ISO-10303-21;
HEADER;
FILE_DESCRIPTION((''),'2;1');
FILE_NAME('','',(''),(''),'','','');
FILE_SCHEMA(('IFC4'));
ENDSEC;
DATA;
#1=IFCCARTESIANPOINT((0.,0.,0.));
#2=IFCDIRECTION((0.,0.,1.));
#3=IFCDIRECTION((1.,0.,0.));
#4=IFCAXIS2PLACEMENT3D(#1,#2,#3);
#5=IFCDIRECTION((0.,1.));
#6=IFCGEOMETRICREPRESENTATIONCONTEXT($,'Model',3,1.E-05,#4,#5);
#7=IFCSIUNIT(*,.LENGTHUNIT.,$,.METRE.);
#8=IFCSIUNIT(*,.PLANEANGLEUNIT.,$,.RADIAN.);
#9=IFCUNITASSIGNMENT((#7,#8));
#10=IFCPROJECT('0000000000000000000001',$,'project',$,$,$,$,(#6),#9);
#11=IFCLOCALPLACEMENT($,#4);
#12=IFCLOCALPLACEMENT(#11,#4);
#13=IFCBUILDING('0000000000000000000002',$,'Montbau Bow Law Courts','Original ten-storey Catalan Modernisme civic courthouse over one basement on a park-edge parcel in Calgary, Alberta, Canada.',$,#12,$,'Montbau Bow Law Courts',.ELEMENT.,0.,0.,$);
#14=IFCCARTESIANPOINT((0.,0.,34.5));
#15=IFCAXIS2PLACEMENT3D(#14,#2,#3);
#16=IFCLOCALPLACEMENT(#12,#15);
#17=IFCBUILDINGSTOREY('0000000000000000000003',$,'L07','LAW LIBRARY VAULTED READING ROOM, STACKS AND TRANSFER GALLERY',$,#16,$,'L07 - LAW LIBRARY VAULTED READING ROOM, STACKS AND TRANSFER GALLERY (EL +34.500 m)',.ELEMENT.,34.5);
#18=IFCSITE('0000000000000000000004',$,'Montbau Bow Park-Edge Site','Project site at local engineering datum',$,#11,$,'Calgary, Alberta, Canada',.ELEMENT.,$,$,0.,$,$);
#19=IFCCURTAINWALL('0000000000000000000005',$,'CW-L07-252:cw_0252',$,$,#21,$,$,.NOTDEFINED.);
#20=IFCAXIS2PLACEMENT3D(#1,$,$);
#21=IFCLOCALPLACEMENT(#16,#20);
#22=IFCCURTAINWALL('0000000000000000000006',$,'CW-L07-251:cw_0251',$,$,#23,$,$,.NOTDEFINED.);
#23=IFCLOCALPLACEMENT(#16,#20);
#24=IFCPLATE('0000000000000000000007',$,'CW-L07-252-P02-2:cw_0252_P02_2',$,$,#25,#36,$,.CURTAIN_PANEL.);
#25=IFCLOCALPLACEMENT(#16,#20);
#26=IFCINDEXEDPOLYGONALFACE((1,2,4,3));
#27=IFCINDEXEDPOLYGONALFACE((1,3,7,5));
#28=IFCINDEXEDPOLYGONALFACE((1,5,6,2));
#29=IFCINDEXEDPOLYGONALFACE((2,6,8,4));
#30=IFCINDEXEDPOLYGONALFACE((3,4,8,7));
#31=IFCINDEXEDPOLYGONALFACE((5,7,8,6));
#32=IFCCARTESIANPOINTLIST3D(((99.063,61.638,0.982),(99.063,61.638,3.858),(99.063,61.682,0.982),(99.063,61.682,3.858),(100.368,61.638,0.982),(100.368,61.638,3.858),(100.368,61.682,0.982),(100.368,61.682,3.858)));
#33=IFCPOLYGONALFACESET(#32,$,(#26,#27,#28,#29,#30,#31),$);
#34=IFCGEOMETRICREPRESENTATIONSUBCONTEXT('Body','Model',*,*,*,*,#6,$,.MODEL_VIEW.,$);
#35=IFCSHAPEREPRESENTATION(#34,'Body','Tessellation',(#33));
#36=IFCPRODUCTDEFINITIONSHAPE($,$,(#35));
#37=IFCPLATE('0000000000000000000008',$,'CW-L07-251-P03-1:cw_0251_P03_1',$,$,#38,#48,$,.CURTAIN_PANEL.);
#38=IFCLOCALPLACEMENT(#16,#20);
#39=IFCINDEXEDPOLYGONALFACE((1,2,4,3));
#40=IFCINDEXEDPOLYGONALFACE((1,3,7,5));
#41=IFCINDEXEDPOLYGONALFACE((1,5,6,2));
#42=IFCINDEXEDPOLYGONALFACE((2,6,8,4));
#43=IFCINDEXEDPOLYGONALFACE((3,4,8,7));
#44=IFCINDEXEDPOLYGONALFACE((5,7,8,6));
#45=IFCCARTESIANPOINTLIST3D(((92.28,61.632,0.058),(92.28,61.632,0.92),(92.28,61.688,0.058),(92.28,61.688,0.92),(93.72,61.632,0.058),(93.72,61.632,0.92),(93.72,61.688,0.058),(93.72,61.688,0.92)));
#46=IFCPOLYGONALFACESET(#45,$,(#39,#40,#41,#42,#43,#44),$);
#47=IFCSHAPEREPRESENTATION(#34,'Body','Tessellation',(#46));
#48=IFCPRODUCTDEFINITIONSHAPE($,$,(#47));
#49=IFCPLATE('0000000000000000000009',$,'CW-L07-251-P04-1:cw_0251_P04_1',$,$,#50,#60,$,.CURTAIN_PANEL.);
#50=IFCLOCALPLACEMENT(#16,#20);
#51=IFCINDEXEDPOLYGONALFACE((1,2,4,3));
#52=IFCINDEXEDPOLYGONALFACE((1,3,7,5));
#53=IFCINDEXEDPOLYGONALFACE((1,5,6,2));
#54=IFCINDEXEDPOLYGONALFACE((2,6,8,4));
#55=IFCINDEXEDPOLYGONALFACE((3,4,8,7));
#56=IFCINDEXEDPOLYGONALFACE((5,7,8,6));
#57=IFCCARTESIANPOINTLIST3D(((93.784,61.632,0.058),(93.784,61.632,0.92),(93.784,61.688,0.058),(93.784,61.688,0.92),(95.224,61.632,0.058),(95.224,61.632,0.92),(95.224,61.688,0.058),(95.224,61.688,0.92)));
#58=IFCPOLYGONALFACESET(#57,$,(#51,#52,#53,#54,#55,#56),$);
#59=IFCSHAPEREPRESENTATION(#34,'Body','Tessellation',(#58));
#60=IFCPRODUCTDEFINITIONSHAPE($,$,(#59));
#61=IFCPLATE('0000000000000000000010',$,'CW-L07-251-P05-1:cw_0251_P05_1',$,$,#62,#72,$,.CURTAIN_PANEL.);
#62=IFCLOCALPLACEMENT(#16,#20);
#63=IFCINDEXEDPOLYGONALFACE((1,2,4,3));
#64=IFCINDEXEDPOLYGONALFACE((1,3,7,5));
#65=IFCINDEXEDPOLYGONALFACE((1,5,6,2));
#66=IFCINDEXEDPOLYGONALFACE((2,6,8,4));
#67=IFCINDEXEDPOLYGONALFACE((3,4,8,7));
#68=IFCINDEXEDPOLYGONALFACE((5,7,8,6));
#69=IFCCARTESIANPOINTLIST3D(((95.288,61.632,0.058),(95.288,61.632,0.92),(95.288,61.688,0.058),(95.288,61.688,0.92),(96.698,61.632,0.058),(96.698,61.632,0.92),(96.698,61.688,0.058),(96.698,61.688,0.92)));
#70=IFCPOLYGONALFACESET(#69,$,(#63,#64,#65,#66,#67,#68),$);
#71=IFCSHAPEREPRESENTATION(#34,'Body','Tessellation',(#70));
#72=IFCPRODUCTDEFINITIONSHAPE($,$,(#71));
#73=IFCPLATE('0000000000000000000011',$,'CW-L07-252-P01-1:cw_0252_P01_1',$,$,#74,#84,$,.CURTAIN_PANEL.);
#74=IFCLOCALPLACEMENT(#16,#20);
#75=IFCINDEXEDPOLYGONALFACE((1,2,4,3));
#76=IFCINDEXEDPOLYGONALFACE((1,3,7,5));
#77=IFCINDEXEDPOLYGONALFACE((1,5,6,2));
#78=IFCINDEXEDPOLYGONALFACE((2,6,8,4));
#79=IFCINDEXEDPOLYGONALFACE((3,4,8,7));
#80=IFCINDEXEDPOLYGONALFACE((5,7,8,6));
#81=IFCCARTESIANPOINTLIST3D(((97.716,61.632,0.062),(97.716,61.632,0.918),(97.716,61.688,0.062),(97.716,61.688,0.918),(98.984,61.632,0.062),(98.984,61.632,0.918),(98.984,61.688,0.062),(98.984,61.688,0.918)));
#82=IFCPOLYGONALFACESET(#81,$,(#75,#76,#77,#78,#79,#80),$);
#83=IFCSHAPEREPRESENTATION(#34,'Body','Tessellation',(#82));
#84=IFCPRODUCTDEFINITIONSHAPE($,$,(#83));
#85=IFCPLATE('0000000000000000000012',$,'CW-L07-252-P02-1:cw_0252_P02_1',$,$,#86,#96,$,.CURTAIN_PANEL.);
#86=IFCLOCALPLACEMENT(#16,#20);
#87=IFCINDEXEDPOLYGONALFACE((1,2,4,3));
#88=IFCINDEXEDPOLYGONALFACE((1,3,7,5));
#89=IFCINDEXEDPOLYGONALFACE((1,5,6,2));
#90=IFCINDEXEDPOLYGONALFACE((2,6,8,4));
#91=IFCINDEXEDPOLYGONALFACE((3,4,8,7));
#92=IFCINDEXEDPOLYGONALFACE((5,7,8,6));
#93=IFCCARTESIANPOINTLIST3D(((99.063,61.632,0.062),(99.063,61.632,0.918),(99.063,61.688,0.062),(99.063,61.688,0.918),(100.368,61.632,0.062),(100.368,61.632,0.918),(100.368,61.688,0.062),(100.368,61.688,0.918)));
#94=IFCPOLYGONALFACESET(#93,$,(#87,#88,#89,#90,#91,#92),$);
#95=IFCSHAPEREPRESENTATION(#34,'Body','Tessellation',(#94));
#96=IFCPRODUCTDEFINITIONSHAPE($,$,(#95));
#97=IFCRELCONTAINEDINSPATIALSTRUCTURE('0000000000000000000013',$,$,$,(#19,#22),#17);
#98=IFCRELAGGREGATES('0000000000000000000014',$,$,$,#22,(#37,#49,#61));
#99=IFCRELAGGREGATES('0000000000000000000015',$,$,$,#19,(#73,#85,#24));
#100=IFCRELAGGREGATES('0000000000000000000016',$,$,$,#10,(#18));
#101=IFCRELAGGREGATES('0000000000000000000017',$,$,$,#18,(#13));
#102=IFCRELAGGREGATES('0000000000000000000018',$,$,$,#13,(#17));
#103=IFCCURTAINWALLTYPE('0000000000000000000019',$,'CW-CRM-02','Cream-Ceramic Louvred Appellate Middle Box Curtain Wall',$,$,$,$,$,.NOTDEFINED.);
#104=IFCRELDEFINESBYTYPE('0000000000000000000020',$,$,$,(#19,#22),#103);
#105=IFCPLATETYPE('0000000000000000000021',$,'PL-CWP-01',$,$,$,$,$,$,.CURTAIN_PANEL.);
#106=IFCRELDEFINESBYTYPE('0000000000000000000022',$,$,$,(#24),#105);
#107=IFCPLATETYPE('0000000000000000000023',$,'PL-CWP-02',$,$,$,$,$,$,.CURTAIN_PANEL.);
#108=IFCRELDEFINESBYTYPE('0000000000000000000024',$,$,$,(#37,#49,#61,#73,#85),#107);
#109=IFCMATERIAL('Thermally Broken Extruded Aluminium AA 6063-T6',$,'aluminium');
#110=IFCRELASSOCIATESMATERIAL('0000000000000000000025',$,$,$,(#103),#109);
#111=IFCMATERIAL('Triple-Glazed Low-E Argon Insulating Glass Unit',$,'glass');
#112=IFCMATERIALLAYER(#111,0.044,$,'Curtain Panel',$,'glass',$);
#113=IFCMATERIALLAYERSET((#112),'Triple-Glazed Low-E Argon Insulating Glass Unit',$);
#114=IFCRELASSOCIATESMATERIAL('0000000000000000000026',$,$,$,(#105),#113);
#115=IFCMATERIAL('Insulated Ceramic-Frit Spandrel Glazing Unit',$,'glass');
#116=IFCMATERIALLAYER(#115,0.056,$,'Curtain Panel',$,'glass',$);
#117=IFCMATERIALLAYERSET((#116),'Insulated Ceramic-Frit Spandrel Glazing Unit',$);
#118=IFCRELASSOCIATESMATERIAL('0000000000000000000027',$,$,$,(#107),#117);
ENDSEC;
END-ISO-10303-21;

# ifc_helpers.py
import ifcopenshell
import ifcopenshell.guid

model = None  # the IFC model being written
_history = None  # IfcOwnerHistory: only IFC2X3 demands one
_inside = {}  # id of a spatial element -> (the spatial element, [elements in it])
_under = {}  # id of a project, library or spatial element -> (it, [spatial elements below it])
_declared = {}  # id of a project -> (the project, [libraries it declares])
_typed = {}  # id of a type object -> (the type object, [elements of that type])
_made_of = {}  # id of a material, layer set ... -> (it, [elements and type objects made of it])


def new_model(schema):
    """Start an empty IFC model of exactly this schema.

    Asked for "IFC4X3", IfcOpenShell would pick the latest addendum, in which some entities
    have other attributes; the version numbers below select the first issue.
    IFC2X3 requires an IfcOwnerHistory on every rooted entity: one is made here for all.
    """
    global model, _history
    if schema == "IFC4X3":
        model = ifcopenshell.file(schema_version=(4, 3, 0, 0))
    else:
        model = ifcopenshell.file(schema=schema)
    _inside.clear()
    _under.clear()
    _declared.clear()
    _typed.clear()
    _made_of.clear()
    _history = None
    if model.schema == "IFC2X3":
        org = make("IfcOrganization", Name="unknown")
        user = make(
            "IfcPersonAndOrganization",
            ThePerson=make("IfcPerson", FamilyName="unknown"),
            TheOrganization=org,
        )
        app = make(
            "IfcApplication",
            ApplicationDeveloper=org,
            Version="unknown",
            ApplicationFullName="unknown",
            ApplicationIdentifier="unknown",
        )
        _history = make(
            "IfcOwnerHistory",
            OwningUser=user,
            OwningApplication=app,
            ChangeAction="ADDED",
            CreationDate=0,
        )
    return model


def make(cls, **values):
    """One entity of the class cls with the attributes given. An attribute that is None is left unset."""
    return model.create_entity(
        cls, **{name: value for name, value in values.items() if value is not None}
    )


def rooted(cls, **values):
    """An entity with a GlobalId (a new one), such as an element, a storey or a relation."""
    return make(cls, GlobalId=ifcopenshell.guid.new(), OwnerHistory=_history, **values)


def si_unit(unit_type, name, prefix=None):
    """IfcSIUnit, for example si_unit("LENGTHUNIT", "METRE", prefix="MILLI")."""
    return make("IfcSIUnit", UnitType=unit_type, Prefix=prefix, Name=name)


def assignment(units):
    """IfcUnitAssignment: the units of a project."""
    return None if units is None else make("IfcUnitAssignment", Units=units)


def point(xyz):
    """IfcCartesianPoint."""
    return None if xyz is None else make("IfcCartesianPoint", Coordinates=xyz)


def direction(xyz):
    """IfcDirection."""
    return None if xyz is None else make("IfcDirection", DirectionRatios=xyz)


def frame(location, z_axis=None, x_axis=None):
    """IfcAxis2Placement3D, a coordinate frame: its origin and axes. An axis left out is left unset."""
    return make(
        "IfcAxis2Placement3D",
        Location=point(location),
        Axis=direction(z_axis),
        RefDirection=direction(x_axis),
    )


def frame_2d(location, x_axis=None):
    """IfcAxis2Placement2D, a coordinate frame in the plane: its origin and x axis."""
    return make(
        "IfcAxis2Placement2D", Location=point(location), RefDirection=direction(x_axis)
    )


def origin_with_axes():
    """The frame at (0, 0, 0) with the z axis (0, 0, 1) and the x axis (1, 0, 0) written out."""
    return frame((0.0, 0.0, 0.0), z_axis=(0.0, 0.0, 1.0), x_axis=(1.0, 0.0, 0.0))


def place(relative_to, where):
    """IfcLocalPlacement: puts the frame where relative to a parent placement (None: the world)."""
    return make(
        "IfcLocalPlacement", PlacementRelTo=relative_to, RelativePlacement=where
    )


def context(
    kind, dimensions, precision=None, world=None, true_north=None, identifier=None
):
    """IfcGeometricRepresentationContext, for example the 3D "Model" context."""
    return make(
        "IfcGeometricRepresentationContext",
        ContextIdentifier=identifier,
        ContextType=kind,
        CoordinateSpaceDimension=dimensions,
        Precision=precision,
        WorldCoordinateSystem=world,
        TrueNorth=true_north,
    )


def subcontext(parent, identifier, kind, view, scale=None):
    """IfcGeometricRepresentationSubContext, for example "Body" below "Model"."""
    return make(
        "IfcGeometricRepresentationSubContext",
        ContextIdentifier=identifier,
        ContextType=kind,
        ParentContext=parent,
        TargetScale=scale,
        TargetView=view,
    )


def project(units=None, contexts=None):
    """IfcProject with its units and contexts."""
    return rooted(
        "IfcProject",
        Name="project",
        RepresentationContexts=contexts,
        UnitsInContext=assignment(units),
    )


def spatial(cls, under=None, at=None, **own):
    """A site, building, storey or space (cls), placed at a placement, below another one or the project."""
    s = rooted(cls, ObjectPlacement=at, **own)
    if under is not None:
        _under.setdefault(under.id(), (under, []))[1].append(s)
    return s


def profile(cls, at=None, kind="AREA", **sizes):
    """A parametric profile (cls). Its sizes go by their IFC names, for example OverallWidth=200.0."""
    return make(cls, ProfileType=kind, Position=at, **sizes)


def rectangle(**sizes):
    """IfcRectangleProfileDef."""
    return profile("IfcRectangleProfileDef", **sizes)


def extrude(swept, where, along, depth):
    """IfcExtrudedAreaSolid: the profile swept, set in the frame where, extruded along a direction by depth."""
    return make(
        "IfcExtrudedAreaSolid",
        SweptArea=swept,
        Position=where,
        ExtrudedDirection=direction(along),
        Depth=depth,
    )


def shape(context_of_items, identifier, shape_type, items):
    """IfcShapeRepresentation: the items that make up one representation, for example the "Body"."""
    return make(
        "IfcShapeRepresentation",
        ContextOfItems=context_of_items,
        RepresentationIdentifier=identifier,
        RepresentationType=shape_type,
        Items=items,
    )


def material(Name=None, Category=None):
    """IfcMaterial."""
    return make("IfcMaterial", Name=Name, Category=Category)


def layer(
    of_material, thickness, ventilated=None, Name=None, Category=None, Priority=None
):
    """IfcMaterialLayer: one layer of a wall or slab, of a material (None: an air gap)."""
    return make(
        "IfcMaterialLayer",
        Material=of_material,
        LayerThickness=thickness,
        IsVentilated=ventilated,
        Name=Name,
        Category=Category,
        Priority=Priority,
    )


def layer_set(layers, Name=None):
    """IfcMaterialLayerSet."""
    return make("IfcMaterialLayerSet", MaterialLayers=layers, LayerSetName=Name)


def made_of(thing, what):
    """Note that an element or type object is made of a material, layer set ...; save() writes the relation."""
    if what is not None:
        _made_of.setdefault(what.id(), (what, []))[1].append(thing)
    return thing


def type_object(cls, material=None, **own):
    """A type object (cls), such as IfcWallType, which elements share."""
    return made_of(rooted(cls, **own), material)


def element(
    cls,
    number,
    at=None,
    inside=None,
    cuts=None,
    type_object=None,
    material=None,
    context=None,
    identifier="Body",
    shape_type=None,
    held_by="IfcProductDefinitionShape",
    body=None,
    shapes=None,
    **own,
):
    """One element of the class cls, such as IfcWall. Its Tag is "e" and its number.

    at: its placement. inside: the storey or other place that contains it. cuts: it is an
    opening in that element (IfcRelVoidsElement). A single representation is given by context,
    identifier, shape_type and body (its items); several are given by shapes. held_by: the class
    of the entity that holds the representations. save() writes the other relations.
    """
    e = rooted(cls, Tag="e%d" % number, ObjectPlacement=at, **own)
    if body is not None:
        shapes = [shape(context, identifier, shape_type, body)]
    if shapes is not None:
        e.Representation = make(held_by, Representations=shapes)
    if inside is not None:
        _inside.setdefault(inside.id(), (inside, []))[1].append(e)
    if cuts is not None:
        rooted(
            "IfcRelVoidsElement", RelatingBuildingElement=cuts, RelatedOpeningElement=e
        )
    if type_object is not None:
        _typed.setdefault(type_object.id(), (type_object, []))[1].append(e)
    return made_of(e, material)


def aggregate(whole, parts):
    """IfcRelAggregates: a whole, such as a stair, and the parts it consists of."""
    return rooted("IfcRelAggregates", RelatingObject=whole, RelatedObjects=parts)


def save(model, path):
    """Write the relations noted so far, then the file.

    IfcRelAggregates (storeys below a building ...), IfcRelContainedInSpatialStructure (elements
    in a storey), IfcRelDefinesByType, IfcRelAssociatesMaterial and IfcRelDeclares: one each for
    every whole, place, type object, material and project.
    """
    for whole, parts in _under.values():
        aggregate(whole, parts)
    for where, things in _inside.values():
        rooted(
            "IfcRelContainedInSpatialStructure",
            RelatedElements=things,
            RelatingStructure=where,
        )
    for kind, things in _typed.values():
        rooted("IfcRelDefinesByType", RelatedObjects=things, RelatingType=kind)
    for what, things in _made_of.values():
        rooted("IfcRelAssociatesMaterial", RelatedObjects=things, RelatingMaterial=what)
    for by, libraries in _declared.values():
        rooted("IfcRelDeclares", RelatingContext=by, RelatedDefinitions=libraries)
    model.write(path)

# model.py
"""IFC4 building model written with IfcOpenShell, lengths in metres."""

from ifc_helpers import new_model, si_unit, direction, frame, frame_2d, origin_with_axes, place, context, subcontext, project, spatial, rectangle, extrude, material, layer, layer_set, type_object, element, aggregate, save


model = new_model("IFC4")

# Units and contexts
model_context = context("Model", 3, precision=1e-05, world=origin_with_axes(), true_north=direction((0.0, 1.0)))
body_context = subcontext(model_context, "Body", "Model", "MODEL_VIEW")
ifc_project = project(units=[si_unit("LENGTHUNIT", "METRE"), si_unit("PLANEANGLEUNIT", "RADIAN")], contexts=[model_context])

# Site, building, storey
site_placement = place(None, origin_with_axes())
site = spatial("IfcSite", under=ifc_project, at=site_placement, Name="Montbau Bow Park-Edge Site", Description="Project site at local engineering datum", LongName="Calgary, Alberta, Canada", CompositionType="ELEMENT", RefElevation=0.0)
building_placement = place(site_placement, origin_with_axes())
building = spatial("IfcBuilding", under=site, at=building_placement, Name="Montbau Bow Law Courts", Description="Original ten-storey Catalan Modernisme civic courthouse over one basement on a park-edge parcel in Calgary, Alberta, Canada.", LongName="Montbau Bow Law Courts", CompositionType="ELEMENT", ElevationOfRefHeight=0.0, ElevationOfTerrain=0.0)
storey_placement = place(building_placement, frame((0.0, 0.0, 34.5), z_axis=(0.0, 0.0, 1.0), x_axis=(1.0, 0.0, 0.0)))
storey = spatial("IfcBuildingStorey", under=building, at=storey_placement, Name="L07", Description="LAW LIBRARY VAULTED READING ROOM, STACKS AND TRANSFER GALLERY", LongName="L07 - LAW LIBRARY VAULTED READING ROOM, STACKS AND TRANSFER GALLERY (EL +34.500 m)", CompositionType="ELEMENT", Elevation=34.5)

# Curtain walls
ifc_material_1 = material(Name="Thermally Broken Extruded Aluminium AA 6063-T6", Category="aluminium")
curtain_wall_type = type_object("IfcCurtainWallType", Name="CW-CRM-02", Description="Cream-Ceramic Louvred Appellate Middle Box Curtain Wall", PredefinedType="NOTDEFINED", material=ifc_material_1)
curtain_wall_1_placement = place(None, frame((97.64, 61.66, 34.5), z_axis=(0.0, 0.0, 1.0), x_axis=(1.0, 0.0, 0.0)))
curtain_wall_1 = element("IfcCurtainWall", 1, at=curtain_wall_1_placement, inside=storey, type_object=curtain_wall_type, Name="CW-L07-252:cw_0252", PredefinedType="NOTDEFINED")
curtain_wall_2_placement = place(None, frame((89.24, 61.66, 34.5), z_axis=(0.0, 0.0, 1.0), x_axis=(1.0, 0.0, 0.0)))
curtain_wall_2 = element("IfcCurtainWall", 2, at=curtain_wall_2_placement, inside=storey, type_object=curtain_wall_type, Name="CW-L07-251:cw_0251", PredefinedType="NOTDEFINED")

# Plates
ifc_material_2 = material(Name="Triple-Glazed Low-E Argon Insulating Glass Unit", Category="glass")
ifc_layer_1 = layer(ifc_material_2, 0.044, Name="Curtain Panel", Category="glass")
ifc_layer_set_1 = layer_set([ifc_layer_1], Name="Triple-Glazed Low-E Argon Insulating Glass Unit")
plate_type_1 = type_object("IfcPlateType", Name="PL-CWP-01", PredefinedType="CURTAIN_PANEL", material=ifc_layer_set_1)
plate_1_placement = place(None, frame((99.063, 61.66, 35.482), z_axis=(0.0, -1.0, 0.0), x_axis=(1.0, 0.0, 0.0)))
plate_1 = element("IfcPlate", 3, at=plate_1_placement, type_object=plate_type_1, Name="CW-L07-252-P02-2:cw_0252_P02_2", PredefinedType="CURTAIN_PANEL", context=body_context, shape_type="SweptSolid", body=[
    extrude(rectangle(XDim=1.305, YDim=2.876, at=frame_2d((0.6525, 1.438), x_axis=(1.0, 0.0))), frame((0.0, 0.0, -0.022), z_axis=(0.0, 0.0, 1.0), x_axis=(1.0, 0.0, 0.0)), (0.0, 0.0, 1.0), 0.044),
])
ifc_material_3 = material(Name="Insulated Ceramic-Frit Spandrel Glazing Unit", Category="glass")
ifc_layer_2 = layer(ifc_material_3, 0.056, Name="Curtain Panel", Category="glass")
ifc_layer_set_2 = layer_set([ifc_layer_2], Name="Insulated Ceramic-Frit Spandrel Glazing Unit")
plate_type_2 = type_object("IfcPlateType", Name="PL-CWP-02", PredefinedType="CURTAIN_PANEL", material=ifc_layer_set_2)
plate_2_placement = place(None, frame((92.28, 61.66, 34.558), z_axis=(0.0, -1.0, 0.0), x_axis=(1.0, 0.0, 0.0)))
plate_2 = element("IfcPlate", 4, at=plate_2_placement, type_object=plate_type_2, Name="CW-L07-251-P03-1:cw_0251_P03_1", PredefinedType="CURTAIN_PANEL", context=body_context, shape_type="SweptSolid", body=[
    extrude(rectangle(XDim=1.44, YDim=0.862, at=frame_2d((0.72, 0.431), x_axis=(1.0, 0.0))), frame((0.0, 0.0, -0.028), z_axis=(0.0, 0.0, 1.0), x_axis=(1.0, 0.0, 0.0)), (0.0, 0.0, 1.0), 0.056),
])
plate_3_placement = place(None, frame((93.784, 61.66, 34.558), z_axis=(0.0, -1.0, 0.0), x_axis=(1.0, 0.0, 0.0)))
plate_3 = element("IfcPlate", 5, at=plate_3_placement, type_object=plate_type_2, Name="CW-L07-251-P04-1:cw_0251_P04_1", PredefinedType="CURTAIN_PANEL", context=body_context, shape_type="SweptSolid", body=[
    extrude(rectangle(XDim=1.44, YDim=0.862, at=frame_2d((0.72, 0.431), x_axis=(1.0, 0.0))), frame((0.0, 0.0, -0.028), z_axis=(0.0, 0.0, 1.0), x_axis=(1.0, 0.0, 0.0)), (0.0, 0.0, 1.0), 0.056),
])
plate_4_placement = place(None, frame((95.288, 61.66, 34.558), z_axis=(0.0, -1.0, 0.0), x_axis=(1.0, 0.0, 0.0)))
plate_4 = element("IfcPlate", 6, at=plate_4_placement, type_object=plate_type_2, Name="CW-L07-251-P05-1:cw_0251_P05_1", PredefinedType="CURTAIN_PANEL", context=body_context, shape_type="SweptSolid", body=[
    extrude(rectangle(XDim=1.41, YDim=0.862, at=frame_2d((0.705, 0.431), x_axis=(1.0, 0.0))), frame((0.0, 0.0, -0.028), z_axis=(0.0, 0.0, 1.0), x_axis=(1.0, 0.0, 0.0)), (0.0, 0.0, 1.0), 0.056),
])
aggregate(curtain_wall_2, [plate_2, plate_3, plate_4])
plate_5_placement = place(None, frame((97.716, 61.66, 34.562), z_axis=(0.0, -1.0, 0.0), x_axis=(1.0, 0.0, 0.0)))
plate_5 = element("IfcPlate", 7, at=plate_5_placement, type_object=plate_type_2, Name="CW-L07-252-P01-1:cw_0252_P01_1", PredefinedType="CURTAIN_PANEL", context=body_context, shape_type="SweptSolid", body=[
    extrude(rectangle(XDim=1.268, YDim=0.856, at=frame_2d((0.634, 0.428), x_axis=(1.0, 0.0))), frame((0.0, 0.0, -0.028), z_axis=(0.0, 0.0, 1.0), x_axis=(1.0, 0.0, 0.0)), (0.0, 0.0, 1.0), 0.056),
])
plate_6_placement = place(None, frame((99.063, 61.66, 34.562), z_axis=(0.0, -1.0, 0.0), x_axis=(1.0, 0.0, 0.0)))
plate_6 = element("IfcPlate", 8, at=plate_6_placement, type_object=plate_type_2, Name="CW-L07-252-P02-1:cw_0252_P02_1", PredefinedType="CURTAIN_PANEL", context=body_context, shape_type="SweptSolid", body=[
    extrude(rectangle(XDim=1.305, YDim=0.856, at=frame_2d((0.6525, 0.428), x_axis=(1.0, 0.0))), frame((0.0, 0.0, -0.028), z_axis=(0.0, 0.0, 1.0), x_axis=(1.0, 0.0, 0.0)), (0.0, 0.0, 1.0), 0.056),
])
aggregate(curtain_wall_1, [plate_5, plate_6, plate_1])

save(model, "model.ifc")
